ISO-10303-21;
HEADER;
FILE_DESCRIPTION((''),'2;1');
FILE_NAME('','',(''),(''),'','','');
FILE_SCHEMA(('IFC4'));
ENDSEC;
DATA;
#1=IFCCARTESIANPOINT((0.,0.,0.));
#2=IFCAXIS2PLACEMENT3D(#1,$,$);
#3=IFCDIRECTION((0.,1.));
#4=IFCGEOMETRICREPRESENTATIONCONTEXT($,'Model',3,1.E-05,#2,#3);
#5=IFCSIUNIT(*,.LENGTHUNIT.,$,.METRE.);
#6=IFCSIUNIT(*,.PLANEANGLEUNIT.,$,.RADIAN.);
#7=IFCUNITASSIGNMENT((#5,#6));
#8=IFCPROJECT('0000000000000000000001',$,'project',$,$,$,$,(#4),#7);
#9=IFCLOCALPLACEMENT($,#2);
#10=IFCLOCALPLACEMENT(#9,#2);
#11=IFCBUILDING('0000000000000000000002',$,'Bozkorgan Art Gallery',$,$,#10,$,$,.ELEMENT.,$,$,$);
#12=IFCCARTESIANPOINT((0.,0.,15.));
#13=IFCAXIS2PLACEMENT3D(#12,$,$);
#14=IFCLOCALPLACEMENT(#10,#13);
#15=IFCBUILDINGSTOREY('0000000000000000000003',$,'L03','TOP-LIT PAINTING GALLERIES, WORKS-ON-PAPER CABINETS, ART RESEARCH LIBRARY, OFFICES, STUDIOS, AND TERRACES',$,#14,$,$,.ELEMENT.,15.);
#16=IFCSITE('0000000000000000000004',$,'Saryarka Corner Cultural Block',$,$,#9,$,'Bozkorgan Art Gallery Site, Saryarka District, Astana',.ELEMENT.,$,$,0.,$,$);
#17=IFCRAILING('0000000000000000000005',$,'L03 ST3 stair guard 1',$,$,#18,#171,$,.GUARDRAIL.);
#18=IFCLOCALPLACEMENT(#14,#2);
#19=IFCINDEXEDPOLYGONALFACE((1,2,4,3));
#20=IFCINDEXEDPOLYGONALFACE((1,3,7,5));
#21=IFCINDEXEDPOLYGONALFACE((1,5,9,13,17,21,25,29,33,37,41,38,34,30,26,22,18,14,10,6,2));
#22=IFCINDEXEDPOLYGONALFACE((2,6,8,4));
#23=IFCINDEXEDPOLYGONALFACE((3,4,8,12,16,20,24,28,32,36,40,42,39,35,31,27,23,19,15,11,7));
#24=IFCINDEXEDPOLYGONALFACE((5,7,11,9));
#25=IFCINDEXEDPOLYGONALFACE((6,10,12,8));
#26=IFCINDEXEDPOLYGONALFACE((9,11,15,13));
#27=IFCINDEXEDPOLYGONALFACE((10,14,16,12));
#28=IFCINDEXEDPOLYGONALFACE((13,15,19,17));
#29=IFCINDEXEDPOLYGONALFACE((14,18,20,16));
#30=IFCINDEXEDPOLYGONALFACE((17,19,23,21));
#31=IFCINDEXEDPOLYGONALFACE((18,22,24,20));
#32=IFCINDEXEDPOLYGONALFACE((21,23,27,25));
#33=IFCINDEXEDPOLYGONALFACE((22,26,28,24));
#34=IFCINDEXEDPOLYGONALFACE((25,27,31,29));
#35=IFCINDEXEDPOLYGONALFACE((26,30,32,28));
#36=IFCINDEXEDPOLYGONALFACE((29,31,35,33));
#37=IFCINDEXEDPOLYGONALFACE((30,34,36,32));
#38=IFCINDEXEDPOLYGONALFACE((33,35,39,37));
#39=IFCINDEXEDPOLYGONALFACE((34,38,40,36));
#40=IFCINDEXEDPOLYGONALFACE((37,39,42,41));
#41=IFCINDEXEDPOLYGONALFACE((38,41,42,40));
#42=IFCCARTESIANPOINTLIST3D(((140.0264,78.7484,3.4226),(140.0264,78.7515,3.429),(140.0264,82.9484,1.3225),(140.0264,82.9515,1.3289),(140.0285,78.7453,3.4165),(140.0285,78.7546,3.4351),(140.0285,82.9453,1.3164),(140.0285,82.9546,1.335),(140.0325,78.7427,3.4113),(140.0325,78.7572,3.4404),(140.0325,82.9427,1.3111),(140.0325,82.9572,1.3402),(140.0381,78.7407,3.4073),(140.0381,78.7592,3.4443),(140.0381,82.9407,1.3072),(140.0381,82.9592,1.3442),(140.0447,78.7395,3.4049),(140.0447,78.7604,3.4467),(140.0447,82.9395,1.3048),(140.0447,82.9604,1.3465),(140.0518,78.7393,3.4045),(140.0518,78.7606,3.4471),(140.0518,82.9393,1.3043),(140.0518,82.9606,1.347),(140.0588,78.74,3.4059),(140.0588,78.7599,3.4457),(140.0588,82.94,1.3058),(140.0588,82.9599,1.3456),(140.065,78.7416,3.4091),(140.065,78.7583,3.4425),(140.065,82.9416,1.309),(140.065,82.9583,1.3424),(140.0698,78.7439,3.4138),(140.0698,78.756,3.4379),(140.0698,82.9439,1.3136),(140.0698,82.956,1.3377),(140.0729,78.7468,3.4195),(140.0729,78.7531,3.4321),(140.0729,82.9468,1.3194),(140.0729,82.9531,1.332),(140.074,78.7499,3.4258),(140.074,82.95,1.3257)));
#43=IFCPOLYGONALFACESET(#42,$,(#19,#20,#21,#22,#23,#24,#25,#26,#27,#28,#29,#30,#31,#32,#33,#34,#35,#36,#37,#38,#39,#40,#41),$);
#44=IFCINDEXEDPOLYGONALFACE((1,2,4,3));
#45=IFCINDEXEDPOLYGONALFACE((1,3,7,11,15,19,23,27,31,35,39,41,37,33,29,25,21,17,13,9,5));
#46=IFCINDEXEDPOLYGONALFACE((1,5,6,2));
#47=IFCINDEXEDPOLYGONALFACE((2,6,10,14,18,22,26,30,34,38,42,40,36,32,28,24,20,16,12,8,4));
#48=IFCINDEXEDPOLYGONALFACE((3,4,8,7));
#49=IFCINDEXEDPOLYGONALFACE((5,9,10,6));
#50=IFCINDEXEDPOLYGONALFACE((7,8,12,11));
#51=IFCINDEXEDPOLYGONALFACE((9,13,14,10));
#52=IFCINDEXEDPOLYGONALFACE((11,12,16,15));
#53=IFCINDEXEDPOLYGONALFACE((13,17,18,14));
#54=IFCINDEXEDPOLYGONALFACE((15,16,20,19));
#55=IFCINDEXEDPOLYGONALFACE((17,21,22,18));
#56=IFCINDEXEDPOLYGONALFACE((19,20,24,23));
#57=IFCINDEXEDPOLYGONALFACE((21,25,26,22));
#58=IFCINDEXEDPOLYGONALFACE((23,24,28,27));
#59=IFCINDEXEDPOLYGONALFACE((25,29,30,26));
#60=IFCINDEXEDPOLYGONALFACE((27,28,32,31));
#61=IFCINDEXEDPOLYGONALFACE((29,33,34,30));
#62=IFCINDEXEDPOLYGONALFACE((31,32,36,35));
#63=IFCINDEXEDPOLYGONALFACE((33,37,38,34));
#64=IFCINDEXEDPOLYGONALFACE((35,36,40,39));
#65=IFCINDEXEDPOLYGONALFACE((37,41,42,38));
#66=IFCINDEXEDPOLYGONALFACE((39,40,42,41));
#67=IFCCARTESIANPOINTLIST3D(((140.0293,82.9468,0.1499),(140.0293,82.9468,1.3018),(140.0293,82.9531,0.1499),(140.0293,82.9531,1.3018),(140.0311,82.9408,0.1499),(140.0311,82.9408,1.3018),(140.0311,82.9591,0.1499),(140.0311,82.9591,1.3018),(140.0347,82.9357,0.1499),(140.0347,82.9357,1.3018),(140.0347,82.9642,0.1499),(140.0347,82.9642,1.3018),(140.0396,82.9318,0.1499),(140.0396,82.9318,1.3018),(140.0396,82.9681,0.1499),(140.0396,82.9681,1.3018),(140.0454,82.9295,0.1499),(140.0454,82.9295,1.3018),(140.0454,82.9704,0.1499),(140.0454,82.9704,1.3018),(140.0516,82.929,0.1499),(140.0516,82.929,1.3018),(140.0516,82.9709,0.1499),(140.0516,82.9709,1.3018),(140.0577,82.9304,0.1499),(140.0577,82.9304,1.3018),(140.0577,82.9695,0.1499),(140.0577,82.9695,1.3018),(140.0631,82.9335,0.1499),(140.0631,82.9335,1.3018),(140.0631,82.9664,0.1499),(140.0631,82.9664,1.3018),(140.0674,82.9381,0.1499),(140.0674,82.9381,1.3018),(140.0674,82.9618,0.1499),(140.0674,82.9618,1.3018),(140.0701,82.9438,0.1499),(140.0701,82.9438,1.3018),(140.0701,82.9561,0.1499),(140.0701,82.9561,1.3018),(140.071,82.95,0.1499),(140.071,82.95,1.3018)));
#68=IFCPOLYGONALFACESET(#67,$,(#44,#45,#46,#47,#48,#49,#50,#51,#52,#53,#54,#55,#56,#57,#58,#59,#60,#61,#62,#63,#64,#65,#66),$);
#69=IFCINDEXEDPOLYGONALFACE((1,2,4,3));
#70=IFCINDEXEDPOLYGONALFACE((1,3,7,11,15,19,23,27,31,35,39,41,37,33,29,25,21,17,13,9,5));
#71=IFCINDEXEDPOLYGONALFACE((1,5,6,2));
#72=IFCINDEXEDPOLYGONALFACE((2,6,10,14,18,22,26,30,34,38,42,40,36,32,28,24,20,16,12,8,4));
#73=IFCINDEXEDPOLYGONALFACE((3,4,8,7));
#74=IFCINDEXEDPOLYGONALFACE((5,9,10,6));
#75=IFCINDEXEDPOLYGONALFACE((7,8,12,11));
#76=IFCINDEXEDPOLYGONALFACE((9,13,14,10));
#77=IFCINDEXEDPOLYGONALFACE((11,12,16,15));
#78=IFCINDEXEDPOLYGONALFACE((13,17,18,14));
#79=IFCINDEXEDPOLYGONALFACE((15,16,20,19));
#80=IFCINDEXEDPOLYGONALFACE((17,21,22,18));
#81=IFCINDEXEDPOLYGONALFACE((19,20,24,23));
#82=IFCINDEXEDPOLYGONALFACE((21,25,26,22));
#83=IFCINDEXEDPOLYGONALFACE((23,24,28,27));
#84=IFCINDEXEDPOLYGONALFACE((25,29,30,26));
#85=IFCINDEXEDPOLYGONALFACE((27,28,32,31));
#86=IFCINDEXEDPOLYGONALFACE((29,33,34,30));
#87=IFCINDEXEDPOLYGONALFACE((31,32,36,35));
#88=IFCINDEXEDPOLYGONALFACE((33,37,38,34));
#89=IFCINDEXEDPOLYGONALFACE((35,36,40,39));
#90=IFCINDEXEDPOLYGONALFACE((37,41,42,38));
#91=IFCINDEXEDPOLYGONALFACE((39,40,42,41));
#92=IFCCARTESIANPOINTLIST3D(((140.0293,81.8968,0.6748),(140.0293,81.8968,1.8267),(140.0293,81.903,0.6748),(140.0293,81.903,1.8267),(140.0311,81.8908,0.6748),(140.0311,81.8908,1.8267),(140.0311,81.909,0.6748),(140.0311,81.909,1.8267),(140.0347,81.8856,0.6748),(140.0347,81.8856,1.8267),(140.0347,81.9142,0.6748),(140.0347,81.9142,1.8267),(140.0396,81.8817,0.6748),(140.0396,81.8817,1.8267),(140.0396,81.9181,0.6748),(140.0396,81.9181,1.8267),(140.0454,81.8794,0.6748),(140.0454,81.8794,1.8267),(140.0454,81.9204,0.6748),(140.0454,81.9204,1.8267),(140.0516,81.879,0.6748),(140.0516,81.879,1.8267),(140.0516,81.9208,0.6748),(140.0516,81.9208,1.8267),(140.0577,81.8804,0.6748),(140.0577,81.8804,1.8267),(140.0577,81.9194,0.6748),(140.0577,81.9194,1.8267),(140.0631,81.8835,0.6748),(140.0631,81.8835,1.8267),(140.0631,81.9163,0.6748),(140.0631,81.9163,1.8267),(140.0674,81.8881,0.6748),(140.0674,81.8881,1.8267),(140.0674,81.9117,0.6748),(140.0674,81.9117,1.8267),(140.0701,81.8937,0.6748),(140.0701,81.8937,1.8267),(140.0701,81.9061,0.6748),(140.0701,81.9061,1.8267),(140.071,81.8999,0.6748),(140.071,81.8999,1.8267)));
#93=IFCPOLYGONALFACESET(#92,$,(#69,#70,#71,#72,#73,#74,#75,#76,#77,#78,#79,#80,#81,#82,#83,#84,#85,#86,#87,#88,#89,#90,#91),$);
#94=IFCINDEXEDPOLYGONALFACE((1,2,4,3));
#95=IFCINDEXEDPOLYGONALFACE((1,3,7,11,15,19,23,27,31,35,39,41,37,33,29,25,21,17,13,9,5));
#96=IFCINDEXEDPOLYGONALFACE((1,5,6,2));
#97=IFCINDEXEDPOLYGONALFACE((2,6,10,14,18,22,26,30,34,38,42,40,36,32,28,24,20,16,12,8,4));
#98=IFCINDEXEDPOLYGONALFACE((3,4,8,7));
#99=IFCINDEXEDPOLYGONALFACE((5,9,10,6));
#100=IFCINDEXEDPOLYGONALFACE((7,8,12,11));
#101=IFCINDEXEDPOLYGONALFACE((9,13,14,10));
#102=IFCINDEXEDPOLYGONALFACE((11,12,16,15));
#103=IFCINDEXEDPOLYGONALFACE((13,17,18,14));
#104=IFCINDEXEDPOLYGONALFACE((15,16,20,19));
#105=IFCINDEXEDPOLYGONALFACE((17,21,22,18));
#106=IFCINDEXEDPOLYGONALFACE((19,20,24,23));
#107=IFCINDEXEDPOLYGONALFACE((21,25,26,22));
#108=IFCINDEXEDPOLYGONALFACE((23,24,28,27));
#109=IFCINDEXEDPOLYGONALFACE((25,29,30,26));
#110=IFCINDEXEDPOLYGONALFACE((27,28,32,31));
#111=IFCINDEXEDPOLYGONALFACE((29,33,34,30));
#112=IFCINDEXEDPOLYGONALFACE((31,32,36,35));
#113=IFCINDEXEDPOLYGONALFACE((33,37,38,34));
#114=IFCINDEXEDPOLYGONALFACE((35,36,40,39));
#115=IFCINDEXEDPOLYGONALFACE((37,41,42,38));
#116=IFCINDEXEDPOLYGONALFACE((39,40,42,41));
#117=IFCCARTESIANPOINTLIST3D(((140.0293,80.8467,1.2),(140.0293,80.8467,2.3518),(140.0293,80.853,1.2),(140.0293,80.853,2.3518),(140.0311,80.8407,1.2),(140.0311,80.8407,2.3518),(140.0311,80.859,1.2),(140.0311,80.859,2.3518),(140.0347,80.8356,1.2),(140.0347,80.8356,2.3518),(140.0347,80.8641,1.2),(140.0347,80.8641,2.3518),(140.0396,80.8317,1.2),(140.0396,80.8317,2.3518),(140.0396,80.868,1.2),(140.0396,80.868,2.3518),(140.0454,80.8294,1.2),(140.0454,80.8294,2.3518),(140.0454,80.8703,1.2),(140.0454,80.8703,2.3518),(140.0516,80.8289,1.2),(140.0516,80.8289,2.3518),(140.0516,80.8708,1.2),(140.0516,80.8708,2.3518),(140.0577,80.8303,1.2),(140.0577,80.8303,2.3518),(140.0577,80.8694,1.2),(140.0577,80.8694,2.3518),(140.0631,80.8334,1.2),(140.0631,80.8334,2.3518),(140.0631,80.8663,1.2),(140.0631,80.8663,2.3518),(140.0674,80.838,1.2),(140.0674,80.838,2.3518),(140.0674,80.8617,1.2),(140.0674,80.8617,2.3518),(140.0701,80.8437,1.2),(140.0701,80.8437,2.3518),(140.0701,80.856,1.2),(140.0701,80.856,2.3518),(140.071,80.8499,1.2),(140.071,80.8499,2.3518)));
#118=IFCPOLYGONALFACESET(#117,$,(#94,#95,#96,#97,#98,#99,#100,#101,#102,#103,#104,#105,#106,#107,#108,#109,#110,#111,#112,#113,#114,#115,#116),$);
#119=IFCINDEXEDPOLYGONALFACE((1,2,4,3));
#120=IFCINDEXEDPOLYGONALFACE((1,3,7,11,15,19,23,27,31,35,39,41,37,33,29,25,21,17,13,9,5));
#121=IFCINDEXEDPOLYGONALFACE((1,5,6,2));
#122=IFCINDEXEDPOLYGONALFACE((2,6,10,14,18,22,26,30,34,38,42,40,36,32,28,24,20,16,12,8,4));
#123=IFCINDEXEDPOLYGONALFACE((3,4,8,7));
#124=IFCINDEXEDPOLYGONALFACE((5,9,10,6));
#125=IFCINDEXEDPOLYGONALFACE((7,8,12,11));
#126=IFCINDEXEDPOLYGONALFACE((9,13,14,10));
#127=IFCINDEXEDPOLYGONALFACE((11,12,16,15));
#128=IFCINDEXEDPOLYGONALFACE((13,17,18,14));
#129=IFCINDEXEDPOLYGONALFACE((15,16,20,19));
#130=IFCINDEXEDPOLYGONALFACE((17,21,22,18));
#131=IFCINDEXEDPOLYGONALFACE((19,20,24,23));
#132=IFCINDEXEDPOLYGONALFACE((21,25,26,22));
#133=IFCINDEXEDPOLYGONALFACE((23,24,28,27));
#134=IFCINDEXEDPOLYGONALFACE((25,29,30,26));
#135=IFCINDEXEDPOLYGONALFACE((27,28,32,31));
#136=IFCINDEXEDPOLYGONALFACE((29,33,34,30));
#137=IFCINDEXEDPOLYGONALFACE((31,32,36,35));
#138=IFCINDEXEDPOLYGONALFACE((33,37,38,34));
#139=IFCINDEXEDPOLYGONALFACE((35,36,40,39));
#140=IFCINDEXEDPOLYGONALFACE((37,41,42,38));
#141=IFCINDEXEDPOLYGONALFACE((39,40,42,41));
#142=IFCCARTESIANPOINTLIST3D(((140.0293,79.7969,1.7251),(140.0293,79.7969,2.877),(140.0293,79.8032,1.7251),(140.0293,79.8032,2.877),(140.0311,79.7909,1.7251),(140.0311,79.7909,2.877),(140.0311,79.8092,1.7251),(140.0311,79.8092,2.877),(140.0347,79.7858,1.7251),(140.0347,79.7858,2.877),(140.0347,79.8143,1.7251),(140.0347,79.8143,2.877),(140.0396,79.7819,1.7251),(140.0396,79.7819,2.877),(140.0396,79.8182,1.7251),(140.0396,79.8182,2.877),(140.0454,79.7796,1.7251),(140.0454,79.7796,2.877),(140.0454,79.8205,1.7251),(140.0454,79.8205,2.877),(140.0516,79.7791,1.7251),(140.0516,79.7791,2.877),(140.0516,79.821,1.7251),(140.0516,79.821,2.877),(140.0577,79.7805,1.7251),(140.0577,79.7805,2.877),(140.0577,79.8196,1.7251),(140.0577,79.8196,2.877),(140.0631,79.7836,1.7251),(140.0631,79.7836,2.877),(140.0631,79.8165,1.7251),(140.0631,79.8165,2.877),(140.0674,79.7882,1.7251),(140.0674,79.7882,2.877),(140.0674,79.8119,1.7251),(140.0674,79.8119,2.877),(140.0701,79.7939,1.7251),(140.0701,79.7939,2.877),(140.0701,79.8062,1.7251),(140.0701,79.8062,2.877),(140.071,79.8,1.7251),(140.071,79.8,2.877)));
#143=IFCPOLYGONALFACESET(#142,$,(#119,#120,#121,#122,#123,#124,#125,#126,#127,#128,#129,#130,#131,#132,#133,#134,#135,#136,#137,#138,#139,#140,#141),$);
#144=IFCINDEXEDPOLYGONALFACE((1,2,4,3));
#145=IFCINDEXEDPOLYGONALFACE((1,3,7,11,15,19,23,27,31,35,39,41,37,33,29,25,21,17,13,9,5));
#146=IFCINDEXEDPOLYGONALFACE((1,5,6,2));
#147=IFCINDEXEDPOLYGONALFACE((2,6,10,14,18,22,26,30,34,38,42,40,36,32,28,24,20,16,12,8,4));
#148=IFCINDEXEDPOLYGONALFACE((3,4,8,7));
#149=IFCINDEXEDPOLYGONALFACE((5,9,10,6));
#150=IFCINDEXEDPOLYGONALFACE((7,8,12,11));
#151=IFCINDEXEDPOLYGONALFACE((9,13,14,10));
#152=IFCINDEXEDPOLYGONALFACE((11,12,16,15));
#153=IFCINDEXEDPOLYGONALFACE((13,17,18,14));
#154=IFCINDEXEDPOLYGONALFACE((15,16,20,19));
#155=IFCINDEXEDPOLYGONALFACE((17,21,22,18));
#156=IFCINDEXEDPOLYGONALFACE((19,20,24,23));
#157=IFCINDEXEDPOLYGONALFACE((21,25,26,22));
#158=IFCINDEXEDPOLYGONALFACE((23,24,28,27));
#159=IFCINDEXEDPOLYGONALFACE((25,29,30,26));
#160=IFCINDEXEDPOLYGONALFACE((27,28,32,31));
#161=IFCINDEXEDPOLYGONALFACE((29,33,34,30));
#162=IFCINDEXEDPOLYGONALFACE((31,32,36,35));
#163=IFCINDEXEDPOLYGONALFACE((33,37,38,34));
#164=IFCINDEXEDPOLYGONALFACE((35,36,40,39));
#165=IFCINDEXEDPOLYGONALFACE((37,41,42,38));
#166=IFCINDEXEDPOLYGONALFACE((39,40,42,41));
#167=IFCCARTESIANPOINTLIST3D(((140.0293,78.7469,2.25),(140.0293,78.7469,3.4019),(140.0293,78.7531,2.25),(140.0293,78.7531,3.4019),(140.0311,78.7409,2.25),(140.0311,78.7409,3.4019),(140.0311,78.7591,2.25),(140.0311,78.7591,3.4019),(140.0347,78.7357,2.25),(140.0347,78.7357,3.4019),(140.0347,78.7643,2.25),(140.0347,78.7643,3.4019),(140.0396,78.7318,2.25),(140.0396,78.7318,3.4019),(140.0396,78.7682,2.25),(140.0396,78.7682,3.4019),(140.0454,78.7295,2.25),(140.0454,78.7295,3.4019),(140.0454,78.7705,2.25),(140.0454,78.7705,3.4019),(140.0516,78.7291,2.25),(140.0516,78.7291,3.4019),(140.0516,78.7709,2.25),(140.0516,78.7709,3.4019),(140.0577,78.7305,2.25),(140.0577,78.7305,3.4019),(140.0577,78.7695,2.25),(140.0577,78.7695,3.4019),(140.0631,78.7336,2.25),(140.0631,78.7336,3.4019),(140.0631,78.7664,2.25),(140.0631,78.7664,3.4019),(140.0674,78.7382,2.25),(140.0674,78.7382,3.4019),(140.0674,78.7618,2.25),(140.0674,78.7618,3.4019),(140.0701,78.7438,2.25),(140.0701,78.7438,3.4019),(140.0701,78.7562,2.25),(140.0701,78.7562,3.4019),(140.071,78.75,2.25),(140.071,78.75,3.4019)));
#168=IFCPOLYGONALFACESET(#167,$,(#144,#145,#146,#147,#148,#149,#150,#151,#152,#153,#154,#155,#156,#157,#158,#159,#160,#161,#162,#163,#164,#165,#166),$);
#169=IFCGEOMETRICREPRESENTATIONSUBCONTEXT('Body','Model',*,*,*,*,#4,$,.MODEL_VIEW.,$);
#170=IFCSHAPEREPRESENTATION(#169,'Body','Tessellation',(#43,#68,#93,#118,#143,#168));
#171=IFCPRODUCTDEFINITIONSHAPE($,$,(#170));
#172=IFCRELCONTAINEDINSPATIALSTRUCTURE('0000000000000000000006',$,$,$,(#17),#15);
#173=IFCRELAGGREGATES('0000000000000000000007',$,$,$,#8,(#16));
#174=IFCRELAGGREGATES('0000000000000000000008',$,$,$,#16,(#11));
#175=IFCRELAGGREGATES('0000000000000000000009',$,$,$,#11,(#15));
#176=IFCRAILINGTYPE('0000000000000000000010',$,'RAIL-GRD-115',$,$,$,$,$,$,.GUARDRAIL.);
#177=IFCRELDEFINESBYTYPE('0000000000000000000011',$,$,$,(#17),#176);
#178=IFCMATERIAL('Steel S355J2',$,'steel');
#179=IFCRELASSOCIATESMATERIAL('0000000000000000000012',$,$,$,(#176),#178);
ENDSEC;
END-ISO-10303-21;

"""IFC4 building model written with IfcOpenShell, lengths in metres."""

from ifc_helpers import new_model, si_unit, direction, frame, origin, origin_2d, place, context, subcontext, project, spatial, circle, extrude, material, type_object, element, save


model = new_model("IFC4")

# Units and contexts
model_context = context("Model", 3, precision=1e-05, world=origin(), true_north=direction((0.0, 1.0)))
body_context = subcontext(model_context, "Body", "Model", "MODEL_VIEW")
ifc_project = project(units=[si_unit("LENGTHUNIT", "METRE"), si_unit("PLANEANGLEUNIT", "RADIAN")], contexts=[model_context])

# Site, building, storey
site_placement = place(None, origin())
site = spatial("IfcSite", under=ifc_project, at=site_placement, Name="Saryarka Corner Cultural Block", LongName="Bozkorgan Art Gallery Site, Saryarka District, Astana", CompositionType="ELEMENT", RefElevation=0.0)
building_placement = place(site_placement, origin())
building = spatial("IfcBuilding", under=site, at=building_placement, Name="Bozkorgan Art Gallery", CompositionType="ELEMENT")
storey_placement = place(building_placement, frame((0.0, 0.0, 15.0)))
storey = spatial("IfcBuildingStorey", under=building, at=storey_placement, Name="L03", Description="TOP-LIT PAINTING GALLERIES, WORKS-ON-PAPER CABINETS, ART RESEARCH LIBRARY, OFFICES, STUDIOS, AND TERRACES", CompositionType="ELEMENT", Elevation=15.0)

# Shared definitions
ifc_material_1 = material(Name="Steel S355J2", Category="steel")

# Railing
railing_type_1 = type_object("IfcRailingType", Name="RAIL-GRD-115", PredefinedType="GUARDRAIL", material=ifc_material_1)
railing_1_placement = place(storey_placement, frame((140.05, 82.95, 0.1499)))
element("IfcRailing", 1, at=railing_1_placement, inside=storey, type_object=railing_type_1, Name="L03 ST3 stair guard 1", PredefinedType="GUARDRAIL", context=body_context, shape_type="SweptSolid", body=[
    extrude(circle(Radius=0.0239, at=origin_2d()), frame((0.0, 0.0, 1.1758), z_axis=(0.0, -0.894417, 0.447234), x_axis=(1.0, 0.0, 0.0)), (0.0, 0.0, 1.0), 4.6958),
    extrude(circle(Radius=0.021, at=origin_2d()), origin(), (0.0, 0.0, 1.0), 1.1519),
    extrude(circle(Radius=0.021, at=origin_2d()), frame((0.0, -1.05, 0.5249)), (0.0, 0.0, 1.0), 1.1519),
    extrude(circle(Radius=0.021, at=origin_2d()), frame((0.0, -2.1001, 1.05)), (0.0, 0.0, 1.0), 1.1519),
    extrude(circle(Radius=0.021, at=origin_2d()), frame((0.0, -3.1499, 1.5752)), (0.0, 0.0, 1.0), 1.1519),
    extrude(circle(Radius=0.021, at=origin_2d()), frame((0.0, -4.2, 2.1001)), (0.0, 0.0, 1.0), 1.1519),
])

save(model, "model.ifc")
